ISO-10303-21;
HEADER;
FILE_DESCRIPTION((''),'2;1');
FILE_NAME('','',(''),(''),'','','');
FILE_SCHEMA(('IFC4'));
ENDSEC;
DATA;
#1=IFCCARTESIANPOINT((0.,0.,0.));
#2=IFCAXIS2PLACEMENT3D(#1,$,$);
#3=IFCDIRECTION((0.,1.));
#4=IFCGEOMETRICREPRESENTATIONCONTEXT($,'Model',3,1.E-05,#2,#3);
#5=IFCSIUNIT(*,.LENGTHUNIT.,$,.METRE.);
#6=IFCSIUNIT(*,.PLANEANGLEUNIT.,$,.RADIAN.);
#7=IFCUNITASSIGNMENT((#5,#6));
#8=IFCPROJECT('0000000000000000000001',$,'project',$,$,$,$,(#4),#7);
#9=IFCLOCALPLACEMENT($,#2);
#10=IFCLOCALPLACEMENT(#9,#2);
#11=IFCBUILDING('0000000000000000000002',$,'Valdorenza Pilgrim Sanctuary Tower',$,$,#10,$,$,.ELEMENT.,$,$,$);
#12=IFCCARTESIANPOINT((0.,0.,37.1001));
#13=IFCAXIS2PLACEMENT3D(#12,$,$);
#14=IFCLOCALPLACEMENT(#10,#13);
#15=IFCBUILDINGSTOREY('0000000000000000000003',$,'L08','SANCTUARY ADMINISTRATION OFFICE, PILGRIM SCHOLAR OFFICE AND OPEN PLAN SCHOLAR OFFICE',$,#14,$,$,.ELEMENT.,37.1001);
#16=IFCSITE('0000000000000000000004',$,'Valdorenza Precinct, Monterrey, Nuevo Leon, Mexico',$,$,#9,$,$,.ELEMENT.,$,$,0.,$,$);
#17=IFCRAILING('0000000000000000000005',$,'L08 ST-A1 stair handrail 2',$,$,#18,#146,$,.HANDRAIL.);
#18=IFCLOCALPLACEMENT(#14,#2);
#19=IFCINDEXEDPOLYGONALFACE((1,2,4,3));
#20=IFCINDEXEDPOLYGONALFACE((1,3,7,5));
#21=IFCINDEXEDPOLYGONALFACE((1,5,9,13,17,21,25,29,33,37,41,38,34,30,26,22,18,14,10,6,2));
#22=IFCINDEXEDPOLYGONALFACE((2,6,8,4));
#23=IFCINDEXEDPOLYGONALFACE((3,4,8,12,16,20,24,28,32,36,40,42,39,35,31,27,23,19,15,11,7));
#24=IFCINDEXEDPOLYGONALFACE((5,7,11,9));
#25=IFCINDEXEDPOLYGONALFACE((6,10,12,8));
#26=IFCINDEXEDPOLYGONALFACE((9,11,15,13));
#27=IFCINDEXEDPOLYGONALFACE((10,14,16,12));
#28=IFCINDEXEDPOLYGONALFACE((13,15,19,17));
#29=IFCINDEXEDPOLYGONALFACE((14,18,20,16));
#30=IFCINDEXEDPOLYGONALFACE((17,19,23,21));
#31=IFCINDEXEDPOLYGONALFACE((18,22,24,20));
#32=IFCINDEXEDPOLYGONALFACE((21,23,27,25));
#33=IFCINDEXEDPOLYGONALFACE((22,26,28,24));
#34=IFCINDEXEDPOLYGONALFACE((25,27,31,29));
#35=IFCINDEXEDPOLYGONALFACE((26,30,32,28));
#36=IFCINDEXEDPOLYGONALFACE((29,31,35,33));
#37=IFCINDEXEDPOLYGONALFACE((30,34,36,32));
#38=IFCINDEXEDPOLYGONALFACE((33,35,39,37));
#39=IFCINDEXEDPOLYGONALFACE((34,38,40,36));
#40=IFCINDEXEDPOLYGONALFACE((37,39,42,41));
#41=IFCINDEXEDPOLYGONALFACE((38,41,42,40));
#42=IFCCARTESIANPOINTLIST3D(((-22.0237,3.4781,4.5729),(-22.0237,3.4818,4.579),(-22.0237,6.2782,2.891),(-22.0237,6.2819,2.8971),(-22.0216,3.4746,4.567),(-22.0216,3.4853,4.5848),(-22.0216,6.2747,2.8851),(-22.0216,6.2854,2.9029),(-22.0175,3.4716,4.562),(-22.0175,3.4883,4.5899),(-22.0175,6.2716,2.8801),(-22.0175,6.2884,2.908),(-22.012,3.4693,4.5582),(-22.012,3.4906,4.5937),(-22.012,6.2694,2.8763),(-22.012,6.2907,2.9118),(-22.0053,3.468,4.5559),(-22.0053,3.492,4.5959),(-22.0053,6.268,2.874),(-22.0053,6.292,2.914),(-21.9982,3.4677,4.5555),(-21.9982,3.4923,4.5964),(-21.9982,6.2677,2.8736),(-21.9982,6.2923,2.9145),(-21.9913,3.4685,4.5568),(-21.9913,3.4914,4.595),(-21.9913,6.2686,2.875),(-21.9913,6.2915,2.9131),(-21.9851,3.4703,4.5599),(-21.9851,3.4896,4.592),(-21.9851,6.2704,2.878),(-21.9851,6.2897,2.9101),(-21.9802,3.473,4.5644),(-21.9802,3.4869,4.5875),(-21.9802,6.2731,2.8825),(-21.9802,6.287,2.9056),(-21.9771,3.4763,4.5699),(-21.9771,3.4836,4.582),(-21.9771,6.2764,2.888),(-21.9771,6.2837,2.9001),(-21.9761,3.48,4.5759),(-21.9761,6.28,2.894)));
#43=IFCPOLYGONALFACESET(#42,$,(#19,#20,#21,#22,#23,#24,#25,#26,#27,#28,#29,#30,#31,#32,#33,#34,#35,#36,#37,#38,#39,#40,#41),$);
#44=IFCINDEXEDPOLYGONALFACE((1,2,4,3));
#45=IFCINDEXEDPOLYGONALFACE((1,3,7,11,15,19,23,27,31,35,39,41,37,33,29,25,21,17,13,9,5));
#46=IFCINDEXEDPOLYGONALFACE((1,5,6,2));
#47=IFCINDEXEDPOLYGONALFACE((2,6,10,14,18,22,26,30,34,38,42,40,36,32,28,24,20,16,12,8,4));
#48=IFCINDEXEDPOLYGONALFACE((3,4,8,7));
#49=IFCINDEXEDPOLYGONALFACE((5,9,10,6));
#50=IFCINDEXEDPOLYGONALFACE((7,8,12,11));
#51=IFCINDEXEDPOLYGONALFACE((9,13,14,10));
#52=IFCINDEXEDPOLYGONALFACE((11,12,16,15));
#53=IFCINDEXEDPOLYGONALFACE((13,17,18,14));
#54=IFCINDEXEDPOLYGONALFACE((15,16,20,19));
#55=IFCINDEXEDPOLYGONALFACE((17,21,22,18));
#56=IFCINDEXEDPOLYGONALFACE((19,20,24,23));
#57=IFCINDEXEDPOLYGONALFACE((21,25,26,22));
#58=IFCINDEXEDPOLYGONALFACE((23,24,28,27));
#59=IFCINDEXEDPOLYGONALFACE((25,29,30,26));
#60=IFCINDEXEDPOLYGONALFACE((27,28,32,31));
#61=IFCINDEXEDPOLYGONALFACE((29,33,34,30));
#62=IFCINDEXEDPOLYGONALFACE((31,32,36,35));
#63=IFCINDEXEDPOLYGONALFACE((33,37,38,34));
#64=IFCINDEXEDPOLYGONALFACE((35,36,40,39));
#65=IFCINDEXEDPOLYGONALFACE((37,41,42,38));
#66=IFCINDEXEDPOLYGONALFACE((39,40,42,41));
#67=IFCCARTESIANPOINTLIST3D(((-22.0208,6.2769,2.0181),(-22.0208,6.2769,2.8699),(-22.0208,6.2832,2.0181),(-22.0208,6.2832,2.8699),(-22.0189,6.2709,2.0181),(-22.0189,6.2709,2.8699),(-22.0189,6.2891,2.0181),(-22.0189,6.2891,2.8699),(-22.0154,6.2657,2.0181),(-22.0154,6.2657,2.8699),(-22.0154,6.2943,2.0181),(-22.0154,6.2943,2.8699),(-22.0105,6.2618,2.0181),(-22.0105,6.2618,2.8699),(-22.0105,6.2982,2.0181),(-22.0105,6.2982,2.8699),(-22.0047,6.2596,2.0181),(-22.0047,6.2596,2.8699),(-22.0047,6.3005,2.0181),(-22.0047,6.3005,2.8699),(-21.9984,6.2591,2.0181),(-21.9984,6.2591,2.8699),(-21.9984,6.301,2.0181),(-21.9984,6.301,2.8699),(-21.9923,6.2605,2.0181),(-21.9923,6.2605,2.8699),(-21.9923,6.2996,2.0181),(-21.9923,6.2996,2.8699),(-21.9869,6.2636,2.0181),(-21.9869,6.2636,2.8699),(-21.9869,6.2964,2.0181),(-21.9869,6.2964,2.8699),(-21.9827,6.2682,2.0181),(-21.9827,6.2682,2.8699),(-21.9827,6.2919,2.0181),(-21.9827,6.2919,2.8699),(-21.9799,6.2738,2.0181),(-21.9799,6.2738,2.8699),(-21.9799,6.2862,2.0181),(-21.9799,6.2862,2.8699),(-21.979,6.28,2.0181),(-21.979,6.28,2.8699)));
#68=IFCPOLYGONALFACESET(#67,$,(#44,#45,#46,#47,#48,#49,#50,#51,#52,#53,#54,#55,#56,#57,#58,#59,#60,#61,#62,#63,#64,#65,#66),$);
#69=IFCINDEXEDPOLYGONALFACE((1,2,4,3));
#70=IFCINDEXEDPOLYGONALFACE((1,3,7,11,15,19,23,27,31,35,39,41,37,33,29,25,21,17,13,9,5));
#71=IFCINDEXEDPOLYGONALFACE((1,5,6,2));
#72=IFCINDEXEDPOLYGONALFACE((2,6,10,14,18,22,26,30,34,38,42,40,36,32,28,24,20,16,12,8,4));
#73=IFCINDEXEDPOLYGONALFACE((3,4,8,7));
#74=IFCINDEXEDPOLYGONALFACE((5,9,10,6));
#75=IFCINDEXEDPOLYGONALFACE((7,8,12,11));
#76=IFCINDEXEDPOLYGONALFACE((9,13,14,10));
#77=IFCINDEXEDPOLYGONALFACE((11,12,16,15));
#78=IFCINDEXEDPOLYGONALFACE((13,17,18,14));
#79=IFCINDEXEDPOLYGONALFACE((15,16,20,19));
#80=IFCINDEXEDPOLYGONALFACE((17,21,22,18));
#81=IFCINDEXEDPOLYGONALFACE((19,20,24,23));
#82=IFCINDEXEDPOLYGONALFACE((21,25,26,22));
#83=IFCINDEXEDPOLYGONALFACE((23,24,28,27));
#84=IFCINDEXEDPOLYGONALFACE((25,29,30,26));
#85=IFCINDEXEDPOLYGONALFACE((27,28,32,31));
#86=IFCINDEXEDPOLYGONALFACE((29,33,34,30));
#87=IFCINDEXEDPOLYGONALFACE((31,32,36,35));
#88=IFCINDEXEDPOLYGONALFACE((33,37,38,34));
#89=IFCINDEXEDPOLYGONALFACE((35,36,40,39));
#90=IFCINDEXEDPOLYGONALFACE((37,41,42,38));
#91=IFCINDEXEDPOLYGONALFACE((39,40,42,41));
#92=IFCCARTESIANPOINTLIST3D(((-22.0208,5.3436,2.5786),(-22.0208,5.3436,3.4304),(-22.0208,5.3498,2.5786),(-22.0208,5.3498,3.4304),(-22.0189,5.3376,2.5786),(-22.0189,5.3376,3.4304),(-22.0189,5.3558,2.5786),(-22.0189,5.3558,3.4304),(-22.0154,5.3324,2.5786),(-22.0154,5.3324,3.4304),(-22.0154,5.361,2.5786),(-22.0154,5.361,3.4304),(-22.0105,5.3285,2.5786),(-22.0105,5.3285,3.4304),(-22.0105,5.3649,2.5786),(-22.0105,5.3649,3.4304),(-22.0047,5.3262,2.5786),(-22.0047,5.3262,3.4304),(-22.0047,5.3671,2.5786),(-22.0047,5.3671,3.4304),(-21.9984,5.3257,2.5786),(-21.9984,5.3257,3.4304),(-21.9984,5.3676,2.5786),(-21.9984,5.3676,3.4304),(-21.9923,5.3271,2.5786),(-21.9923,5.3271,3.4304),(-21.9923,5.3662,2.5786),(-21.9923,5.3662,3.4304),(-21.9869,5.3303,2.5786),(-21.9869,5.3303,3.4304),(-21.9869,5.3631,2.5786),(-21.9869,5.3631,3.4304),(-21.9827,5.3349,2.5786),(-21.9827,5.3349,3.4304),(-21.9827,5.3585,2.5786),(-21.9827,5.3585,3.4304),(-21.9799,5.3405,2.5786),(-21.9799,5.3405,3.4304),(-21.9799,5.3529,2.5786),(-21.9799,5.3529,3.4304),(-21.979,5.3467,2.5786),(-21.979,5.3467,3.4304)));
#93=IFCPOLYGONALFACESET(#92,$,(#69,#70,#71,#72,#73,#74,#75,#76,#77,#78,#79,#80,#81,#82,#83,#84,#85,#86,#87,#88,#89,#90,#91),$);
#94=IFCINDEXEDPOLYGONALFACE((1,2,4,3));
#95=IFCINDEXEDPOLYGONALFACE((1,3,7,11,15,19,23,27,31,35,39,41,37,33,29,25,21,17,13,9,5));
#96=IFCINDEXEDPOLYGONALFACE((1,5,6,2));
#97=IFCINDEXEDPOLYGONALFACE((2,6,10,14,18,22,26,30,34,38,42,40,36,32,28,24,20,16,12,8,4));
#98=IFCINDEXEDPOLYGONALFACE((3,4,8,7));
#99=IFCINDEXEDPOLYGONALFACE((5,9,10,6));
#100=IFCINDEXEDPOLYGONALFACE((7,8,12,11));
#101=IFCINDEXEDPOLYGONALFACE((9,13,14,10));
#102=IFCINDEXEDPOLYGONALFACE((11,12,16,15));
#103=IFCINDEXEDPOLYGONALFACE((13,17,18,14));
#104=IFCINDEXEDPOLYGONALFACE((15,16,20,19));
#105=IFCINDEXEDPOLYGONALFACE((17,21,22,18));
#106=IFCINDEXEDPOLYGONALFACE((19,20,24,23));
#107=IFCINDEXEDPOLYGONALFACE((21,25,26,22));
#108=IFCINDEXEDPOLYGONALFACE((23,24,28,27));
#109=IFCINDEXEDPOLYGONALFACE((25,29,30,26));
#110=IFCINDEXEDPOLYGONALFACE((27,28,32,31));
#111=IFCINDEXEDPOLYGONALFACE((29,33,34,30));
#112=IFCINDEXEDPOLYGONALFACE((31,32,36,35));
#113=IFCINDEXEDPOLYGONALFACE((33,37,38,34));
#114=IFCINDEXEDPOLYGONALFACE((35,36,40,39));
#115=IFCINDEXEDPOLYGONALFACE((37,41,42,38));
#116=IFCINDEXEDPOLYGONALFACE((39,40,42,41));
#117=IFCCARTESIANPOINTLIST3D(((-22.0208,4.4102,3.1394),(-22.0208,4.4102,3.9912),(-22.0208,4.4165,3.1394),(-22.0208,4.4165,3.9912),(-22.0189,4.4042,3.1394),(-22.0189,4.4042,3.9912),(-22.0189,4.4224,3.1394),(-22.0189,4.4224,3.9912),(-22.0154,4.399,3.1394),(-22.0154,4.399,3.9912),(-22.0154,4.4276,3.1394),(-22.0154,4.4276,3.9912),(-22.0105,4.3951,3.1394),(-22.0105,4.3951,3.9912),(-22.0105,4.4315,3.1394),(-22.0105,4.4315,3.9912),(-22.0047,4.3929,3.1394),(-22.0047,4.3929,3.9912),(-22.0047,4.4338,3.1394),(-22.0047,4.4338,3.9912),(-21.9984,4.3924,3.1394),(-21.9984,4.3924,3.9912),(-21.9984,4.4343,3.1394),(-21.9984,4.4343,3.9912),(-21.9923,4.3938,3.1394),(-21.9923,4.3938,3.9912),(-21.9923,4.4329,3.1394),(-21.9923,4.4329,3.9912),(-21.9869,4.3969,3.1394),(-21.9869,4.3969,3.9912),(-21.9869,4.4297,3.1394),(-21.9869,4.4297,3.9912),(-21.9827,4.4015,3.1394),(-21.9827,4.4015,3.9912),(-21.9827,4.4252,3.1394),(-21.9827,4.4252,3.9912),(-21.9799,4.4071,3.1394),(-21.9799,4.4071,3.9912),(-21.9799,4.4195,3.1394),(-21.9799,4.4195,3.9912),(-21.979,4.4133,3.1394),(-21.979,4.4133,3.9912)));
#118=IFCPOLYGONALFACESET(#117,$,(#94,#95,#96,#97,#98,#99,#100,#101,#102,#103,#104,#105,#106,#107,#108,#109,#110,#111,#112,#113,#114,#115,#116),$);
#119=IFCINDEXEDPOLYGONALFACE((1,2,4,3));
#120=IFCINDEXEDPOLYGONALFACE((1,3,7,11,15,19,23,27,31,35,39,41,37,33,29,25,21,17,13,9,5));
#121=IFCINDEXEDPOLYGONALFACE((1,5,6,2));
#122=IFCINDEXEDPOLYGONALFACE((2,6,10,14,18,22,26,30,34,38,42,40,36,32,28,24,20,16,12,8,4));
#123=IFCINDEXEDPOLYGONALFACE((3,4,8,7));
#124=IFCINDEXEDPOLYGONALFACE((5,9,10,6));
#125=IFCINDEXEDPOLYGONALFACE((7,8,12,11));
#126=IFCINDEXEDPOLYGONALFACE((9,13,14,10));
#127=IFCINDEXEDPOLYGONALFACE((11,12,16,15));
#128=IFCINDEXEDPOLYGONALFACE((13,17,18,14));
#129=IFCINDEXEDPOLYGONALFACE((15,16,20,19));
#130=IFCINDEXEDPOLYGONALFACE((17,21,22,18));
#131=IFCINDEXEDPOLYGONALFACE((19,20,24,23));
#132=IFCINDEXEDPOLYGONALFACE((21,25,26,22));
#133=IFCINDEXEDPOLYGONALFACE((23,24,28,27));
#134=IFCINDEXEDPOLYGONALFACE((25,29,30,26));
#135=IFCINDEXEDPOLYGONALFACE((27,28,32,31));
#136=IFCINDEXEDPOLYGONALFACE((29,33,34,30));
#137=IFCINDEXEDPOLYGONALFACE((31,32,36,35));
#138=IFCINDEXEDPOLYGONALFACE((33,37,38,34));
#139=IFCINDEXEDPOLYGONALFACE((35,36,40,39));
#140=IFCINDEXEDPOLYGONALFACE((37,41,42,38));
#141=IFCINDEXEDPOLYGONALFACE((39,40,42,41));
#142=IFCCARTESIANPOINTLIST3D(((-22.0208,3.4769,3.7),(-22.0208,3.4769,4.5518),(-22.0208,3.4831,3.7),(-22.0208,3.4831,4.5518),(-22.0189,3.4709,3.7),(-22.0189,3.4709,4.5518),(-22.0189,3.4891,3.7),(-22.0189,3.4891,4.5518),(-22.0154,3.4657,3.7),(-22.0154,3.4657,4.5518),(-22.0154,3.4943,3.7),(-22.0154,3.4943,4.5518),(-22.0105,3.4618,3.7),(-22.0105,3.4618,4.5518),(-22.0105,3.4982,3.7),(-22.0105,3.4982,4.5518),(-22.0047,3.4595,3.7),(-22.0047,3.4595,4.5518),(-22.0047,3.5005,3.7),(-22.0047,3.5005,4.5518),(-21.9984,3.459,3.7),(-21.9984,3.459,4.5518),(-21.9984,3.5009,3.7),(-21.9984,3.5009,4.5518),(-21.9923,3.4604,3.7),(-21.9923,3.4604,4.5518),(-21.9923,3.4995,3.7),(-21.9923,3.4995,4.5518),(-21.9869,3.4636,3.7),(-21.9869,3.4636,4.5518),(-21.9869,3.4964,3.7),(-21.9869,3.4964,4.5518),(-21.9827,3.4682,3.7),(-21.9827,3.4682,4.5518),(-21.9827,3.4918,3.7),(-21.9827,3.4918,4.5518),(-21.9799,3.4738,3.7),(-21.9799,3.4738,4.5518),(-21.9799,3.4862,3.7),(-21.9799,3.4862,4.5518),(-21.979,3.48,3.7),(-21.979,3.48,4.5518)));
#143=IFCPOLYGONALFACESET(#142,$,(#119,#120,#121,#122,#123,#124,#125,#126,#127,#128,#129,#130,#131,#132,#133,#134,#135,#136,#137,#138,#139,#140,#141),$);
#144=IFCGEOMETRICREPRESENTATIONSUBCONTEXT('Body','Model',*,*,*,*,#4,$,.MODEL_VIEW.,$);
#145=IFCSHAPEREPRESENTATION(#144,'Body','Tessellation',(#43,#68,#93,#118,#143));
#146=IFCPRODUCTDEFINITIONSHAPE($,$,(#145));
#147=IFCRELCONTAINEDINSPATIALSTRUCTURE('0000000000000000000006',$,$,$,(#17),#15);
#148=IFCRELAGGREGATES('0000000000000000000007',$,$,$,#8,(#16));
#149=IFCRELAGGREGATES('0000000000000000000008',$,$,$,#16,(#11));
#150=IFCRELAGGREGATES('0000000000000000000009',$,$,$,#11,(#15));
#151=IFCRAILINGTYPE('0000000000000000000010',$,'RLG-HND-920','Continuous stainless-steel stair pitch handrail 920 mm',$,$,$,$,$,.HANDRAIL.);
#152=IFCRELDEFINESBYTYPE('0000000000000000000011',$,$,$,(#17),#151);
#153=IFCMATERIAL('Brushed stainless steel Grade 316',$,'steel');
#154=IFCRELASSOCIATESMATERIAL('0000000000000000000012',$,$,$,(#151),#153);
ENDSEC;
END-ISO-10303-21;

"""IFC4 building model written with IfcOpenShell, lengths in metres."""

from ifc_helpers import new_model, si_unit, direction, frame, origin, origin_2d, place, context, subcontext, project, spatial, circle, extrude, material, type_object, element, save


model = new_model("IFC4")

# Units and contexts
model_context = context("Model", 3, precision=1e-05, world=origin(), true_north=direction((0.0, 1.0)))
body_context = subcontext(model_context, "Body", "Model", "MODEL_VIEW")
ifc_project = project(units=[si_unit("LENGTHUNIT", "METRE"), si_unit("PLANEANGLEUNIT", "RADIAN")], contexts=[model_context])

# Site, building, storey
site_placement = place(None, origin())
site = spatial("IfcSite", under=ifc_project, at=site_placement, Name="Valdorenza Precinct, Monterrey, Nuevo Leon, Mexico", CompositionType="ELEMENT", RefElevation=0.0)
building_placement = place(site_placement, origin())
building = spatial("IfcBuilding", under=site, at=building_placement, Name="Valdorenza Pilgrim Sanctuary Tower", CompositionType="ELEMENT")
storey_placement = place(building_placement, frame((0.0, 0.0, 37.1001)))
storey = spatial("IfcBuildingStorey", under=building, at=storey_placement, Name="L08", Description="SANCTUARY ADMINISTRATION OFFICE, PILGRIM SCHOLAR OFFICE AND OPEN PLAN SCHOLAR OFFICE", CompositionType="ELEMENT", Elevation=37.1001)

# Shared definitions
ifc_material_1 = material(Name="Brushed stainless steel Grade 316", Category="steel")

# Railing
railing_type_1 = type_object("IfcRailingType", Name="RLG-HND-920", Description="Continuous stainless-steel stair pitch handrail 920 mm", PredefinedType="HANDRAIL", material=ifc_material_1)
railing_1_placement = place(storey_placement, frame((-22.0, 6.28, 2.0181)))
element("IfcRailing", 1, at=railing_1_placement, inside=storey, type_object=railing_type_1, Name="L08 ST-A1 stair handrail 2", PredefinedType="HANDRAIL", context=body_context, shape_type="SweptSolid", body=[
    extrude(circle(Radius=0.0239, at=origin_2d()), frame((0.0, 0.0, 0.876), z_axis=(0.0, -0.857242, 0.514913), x_axis=(1.0, 0.0, 0.0)), (0.0, 0.0, 1.0), 3.2664),
    extrude(circle(Radius=0.021, at=origin_2d()), origin(), (0.0, 0.0, 1.0), 0.8518),
    extrude(circle(Radius=0.021, at=origin_2d()), frame((0.0, -0.9333, 0.5605)), (0.0, 0.0, 1.0), 0.8518),
    extrude(circle(Radius=0.021, at=origin_2d()), frame((0.0, -1.8667, 1.1213)), (0.0, 0.0, 1.0), 0.8518),
    extrude(circle(Radius=0.021, at=origin_2d()), frame((0.0, -2.8, 1.6819)), (0.0, 0.0, 1.0), 0.8518),
])

save(model, "model.ifc")
